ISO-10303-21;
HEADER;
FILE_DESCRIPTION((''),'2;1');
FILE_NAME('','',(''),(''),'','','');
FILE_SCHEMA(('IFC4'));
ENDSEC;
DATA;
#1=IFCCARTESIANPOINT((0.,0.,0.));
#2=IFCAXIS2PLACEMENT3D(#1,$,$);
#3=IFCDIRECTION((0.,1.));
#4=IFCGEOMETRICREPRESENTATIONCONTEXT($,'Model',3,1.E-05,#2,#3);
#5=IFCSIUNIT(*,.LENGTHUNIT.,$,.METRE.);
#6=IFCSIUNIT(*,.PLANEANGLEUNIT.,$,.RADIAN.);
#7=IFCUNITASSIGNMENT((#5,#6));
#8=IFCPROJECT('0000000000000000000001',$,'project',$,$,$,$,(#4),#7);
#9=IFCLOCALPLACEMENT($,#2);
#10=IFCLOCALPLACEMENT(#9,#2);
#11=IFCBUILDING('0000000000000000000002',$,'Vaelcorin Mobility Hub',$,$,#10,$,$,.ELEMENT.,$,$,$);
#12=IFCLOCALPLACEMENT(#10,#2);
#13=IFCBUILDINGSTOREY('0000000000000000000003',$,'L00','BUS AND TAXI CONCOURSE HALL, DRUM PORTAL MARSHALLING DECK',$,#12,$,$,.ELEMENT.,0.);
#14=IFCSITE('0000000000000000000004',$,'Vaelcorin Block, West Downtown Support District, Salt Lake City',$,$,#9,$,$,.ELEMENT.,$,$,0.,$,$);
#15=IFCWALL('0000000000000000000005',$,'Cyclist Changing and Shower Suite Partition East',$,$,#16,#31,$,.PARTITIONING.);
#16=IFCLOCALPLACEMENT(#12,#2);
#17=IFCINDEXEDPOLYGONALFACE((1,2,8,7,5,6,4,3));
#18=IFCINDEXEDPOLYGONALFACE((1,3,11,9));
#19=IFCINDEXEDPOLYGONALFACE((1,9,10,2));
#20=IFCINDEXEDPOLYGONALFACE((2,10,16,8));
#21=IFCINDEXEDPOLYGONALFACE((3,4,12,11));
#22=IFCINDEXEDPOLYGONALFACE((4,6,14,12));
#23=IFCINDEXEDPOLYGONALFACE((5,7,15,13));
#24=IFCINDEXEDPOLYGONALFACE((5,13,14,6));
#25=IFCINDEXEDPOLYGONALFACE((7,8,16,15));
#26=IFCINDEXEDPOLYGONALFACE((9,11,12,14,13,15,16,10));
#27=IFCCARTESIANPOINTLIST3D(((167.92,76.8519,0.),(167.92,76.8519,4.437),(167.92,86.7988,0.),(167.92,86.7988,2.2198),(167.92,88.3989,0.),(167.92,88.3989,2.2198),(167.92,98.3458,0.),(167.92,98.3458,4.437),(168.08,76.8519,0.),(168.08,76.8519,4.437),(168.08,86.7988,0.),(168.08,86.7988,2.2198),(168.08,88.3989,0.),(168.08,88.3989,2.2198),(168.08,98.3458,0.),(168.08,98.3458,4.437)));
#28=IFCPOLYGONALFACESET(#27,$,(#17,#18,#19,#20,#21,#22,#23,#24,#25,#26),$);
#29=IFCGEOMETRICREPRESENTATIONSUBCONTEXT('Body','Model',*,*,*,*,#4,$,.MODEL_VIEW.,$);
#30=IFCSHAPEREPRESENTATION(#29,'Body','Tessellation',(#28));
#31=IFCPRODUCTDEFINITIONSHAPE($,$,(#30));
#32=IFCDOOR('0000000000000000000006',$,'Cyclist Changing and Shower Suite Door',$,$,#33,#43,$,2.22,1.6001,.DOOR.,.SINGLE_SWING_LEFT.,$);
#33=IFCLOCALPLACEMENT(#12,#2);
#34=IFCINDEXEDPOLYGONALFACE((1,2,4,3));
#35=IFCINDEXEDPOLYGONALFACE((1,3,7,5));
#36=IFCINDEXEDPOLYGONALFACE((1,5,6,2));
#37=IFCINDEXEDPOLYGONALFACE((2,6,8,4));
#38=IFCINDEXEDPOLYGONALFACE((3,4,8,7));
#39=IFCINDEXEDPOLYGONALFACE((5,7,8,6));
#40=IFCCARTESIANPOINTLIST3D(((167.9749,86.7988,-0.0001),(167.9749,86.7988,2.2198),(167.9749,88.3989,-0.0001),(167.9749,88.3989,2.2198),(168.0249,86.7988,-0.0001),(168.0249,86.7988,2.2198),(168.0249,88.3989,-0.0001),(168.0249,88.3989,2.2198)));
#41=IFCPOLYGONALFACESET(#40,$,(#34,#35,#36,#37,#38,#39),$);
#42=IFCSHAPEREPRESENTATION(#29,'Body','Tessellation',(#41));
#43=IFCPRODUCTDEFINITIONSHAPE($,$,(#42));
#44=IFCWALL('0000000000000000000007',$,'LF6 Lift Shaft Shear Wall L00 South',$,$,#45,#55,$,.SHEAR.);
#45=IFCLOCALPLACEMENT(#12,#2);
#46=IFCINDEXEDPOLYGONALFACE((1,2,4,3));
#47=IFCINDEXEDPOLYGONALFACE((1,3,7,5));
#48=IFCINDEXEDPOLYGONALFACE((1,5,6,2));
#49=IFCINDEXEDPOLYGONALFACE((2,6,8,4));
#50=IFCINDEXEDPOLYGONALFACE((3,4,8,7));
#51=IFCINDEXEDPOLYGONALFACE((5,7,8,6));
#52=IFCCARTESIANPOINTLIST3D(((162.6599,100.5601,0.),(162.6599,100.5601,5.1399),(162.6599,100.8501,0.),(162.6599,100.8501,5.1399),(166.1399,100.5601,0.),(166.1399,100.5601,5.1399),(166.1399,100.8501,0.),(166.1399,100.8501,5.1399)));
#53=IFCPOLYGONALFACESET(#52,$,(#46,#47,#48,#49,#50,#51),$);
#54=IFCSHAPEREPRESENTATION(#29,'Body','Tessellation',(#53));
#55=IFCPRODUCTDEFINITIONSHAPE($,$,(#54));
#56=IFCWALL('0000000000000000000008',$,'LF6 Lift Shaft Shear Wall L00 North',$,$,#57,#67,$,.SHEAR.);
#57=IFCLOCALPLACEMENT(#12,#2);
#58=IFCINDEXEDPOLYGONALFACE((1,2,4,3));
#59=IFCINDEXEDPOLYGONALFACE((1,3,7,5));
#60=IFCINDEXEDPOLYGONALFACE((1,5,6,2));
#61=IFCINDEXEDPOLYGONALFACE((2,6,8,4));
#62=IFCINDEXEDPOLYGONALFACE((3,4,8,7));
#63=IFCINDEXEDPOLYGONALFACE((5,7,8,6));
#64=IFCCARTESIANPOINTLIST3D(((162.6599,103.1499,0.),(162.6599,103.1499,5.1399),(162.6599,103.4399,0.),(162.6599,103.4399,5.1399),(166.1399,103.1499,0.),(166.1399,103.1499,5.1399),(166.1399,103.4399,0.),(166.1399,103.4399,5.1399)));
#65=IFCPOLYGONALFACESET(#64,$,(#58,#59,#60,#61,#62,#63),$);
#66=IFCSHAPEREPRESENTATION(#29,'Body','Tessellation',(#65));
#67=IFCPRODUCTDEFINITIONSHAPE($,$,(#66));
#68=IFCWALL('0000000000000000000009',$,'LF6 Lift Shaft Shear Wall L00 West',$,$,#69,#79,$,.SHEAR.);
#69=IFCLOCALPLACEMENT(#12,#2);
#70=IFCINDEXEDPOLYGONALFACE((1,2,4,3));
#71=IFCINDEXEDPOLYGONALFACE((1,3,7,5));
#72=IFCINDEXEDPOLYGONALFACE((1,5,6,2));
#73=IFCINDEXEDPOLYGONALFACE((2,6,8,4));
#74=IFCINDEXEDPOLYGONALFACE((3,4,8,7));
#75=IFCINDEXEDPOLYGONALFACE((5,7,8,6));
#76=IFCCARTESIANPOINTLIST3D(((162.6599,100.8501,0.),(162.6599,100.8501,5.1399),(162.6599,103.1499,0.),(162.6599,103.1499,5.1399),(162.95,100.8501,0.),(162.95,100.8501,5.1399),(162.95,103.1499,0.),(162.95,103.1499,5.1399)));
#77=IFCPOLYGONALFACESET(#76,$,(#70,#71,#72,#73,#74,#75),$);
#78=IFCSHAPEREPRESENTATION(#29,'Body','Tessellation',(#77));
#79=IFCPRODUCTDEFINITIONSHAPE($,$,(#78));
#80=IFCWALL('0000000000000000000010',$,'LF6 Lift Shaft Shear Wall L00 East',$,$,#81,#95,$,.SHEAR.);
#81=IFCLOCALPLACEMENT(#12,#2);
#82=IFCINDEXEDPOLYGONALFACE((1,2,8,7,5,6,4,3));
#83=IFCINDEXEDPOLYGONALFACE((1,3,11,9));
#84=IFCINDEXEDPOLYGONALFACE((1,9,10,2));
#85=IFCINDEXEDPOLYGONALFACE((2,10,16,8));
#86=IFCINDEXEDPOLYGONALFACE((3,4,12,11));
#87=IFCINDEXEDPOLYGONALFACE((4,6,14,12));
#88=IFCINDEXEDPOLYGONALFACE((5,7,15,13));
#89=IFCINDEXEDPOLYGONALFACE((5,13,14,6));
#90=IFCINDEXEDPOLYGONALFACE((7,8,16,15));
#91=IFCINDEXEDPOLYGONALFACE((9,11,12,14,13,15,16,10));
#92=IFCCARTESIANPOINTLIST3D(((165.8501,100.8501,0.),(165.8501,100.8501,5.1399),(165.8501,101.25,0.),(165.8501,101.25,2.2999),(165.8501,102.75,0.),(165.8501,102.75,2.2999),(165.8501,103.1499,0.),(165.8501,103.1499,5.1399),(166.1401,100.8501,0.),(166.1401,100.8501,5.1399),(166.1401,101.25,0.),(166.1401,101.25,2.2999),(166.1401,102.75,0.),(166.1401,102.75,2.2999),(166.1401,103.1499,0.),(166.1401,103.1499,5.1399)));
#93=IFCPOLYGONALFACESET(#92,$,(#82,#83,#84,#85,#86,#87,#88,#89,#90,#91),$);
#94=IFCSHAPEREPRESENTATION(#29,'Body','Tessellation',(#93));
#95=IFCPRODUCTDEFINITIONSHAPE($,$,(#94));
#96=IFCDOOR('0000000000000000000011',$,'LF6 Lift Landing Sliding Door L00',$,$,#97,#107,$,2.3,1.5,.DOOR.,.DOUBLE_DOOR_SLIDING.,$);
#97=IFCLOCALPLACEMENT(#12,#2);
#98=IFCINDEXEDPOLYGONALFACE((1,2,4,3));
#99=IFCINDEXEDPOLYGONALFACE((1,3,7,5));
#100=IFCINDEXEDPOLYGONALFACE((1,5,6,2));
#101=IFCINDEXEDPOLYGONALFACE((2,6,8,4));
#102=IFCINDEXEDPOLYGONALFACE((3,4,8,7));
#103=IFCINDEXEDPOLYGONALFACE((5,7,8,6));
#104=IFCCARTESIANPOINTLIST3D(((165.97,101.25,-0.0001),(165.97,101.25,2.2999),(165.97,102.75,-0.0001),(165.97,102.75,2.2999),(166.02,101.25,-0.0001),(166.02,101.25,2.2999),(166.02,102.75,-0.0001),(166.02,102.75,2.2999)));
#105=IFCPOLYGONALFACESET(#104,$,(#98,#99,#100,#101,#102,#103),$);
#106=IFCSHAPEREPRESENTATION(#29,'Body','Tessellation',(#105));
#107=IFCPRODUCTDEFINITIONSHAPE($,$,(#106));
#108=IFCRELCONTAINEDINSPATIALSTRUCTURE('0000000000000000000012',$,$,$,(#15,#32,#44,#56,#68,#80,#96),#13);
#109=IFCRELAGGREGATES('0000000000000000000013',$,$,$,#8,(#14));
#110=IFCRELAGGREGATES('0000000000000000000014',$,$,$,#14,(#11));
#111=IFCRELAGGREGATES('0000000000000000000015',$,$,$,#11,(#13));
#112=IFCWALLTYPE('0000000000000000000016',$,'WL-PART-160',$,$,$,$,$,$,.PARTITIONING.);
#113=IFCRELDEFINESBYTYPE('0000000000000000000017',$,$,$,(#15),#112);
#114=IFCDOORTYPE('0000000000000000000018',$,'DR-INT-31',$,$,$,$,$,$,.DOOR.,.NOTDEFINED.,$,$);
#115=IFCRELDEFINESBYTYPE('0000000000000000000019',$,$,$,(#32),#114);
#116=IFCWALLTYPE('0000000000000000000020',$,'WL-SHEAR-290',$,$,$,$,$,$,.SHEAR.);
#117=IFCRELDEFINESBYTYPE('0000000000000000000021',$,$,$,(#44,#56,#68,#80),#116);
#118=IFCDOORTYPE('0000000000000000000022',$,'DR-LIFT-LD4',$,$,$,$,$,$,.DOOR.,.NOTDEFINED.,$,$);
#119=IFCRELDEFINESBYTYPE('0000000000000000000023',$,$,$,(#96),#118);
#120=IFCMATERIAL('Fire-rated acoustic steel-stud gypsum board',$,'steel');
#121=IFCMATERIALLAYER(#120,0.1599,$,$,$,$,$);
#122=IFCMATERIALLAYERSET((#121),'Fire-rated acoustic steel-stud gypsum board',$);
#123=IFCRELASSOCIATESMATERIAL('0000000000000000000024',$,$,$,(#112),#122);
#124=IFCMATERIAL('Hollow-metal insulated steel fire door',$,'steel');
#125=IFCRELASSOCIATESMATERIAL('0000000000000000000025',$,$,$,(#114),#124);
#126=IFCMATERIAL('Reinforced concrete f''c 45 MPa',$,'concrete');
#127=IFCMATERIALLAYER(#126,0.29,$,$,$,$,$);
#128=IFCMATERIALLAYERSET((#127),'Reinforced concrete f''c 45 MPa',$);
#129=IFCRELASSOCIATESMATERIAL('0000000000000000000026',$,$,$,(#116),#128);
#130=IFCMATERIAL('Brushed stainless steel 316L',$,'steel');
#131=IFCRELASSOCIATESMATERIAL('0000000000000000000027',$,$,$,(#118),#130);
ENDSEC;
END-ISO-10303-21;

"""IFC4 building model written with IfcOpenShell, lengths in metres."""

from ifc_helpers import new_model, si_unit, direction, frame, frame_2d, origin, place, context, subcontext, project, spatial, rectangle, extrude, material, layer, layer_set, type_object, element, fill, save


model = new_model("IFC4")

# Units and contexts
model_context = context("Model", 3, precision=1e-05, world=origin(), true_north=direction((0.0, 1.0)))
body_context = subcontext(model_context, "Body", "Model", "MODEL_VIEW")
ifc_project = project(units=[si_unit("LENGTHUNIT", "METRE"), si_unit("PLANEANGLEUNIT", "RADIAN")], contexts=[model_context])

# Site, building, storey
site_placement = place(None, origin())
site = spatial("IfcSite", under=ifc_project, at=site_placement, Name="Vaelcorin Block, West Downtown Support District, Salt Lake City", CompositionType="ELEMENT", RefElevation=0.0)
building_placement = place(site_placement, origin())
building = spatial("IfcBuilding", under=site, at=building_placement, Name="Vaelcorin Mobility Hub", CompositionType="ELEMENT")
storey_placement = place(building_placement, origin())
storey = spatial("IfcBuildingStorey", under=building, at=storey_placement, Name="L00", Description="BUS AND TAXI CONCOURSE HALL, DRUM PORTAL MARSHALLING DECK", CompositionType="ELEMENT", Elevation=0.0)

# Shared definitions
ifc_material_1 = material(Name="Fire-rated acoustic steel-stud gypsum board", Category="steel")

# Wall, opening, door
ifc_layer_1 = layer(ifc_material_1, 0.1599)
ifc_layer_set_1 = layer_set([ifc_layer_1], Name="Fire-rated acoustic steel-stud gypsum board")
wall_type_1 = type_object("IfcWallType", Name="WL-PART-160", PredefinedType="PARTITIONING", material=ifc_layer_set_1)
wall_1_placement = place(storey_placement, frame((168.0, 98.3459, 0.0), z_axis=(0.0, 0.0, 1.0), x_axis=(0.0, -1.0, 0.0)))
wall_1 = element("IfcWall", 1, at=wall_1_placement, inside=storey, type_object=wall_type_1, Name="Cyclist Changing and Shower Suite Partition East", PredefinedType="PARTITIONING", context=body_context, shape_type="SweptSolid", body=[
    extrude(rectangle(XDim=21.4939, YDim=0.1599, at=frame_2d((10.7471, 0.0))), origin(), (0.0, 0.0, 1.0), 4.437),
])
opening_1_placement = place(wall_1_placement, frame((9.947, 0.0, 0.0)))
opening_1 = element("IfcOpeningElement", 2, at=opening_1_placement, cuts=wall_1, PredefinedType="OPENING", context=body_context, shape_type="SweptSolid", body=[
    extrude(rectangle(XDim=1.6001, YDim=2.22, at=frame_2d((0.8, 1.1099))), frame((0.0, 0.0898, 0.0), z_axis=(0.0, -1.0, 0.0), x_axis=(1.0, 0.0, 0.0)), (0.0, 0.0, 1.0), 0.1799),
])
ifc_material_2 = material(Name="Hollow-metal insulated steel fire door", Category="steel")
door_type_1 = type_object("IfcDoorType", Name="DR-INT-31", OperationType="NOTDEFINED", PredefinedType="DOOR", material=ifc_material_2)
door_1_placement = place(opening_1_placement, origin())
door_1 = element("IfcDoor", 3, at=door_1_placement, inside=storey, type_object=door_type_1, Name="Cyclist Changing and Shower Suite Door", OperationType="SINGLE_SWING_LEFT", OverallHeight=2.22, OverallWidth=1.6001, PredefinedType="DOOR", context=body_context, shape_type="SweptSolid", body=[
    extrude(rectangle(XDim=1.6001, YDim=2.22, at=frame_2d((0.8, 1.1099))), frame((0.0, 0.0249, 0.0), z_axis=(0.0, -1.0, 0.0), x_axis=(1.0, 0.0, 0.0)), (0.0, 0.0, 1.0), 0.05),
])
fill(opening_1, door_1)

# Walls
ifc_material_3 = material(Name="Reinforced concrete f'c 45 MPa", Category="concrete")
ifc_layer_2 = layer(ifc_material_3, 0.29)
ifc_layer_set_2 = layer_set([ifc_layer_2], Name="Reinforced concrete f'c 45 MPa")
wall_type_2 = type_object("IfcWallType", Name="WL-SHEAR-290", PredefinedType="SHEAR", material=ifc_layer_set_2)
for number, where, z_axis, x_axis, name in (
    (4, (166.1399, 100.7051, 0.0), (0.0, 0.0, 1.0), (-1.0, 0.0, 0.0), "LF6 Lift Shaft Shear Wall L00 South"),
    (5, (162.6599, 103.2949, 0.0), (0.0, 0.0, 1.0), (1.0, 0.0, 0.0), "LF6 Lift Shaft Shear Wall L00 North"),
):
    element("IfcWall", number, at=place(storey_placement, frame(where, z_axis=z_axis, x_axis=x_axis)), inside=storey, type_object=wall_type_2, Name=name, PredefinedType="SHEAR", context=body_context, shape_type="SweptSolid", body=[
        extrude(rectangle(XDim=3.48, YDim=0.29, at=frame_2d((1.74, 0.0))), origin(), (0.0, 0.0, 1.0), 5.1399),
    ])
wall_2_placement = place(storey_placement, frame((162.8049, 100.8501, 0.0), z_axis=(0.0, 0.0, 1.0), x_axis=(0.0, 1.0, 0.0)))
element("IfcWall", 6, at=wall_2_placement, inside=storey, type_object=wall_type_2, Name="LF6 Lift Shaft Shear Wall L00 West", PredefinedType="SHEAR", context=body_context, shape_type="SweptSolid", body=[
    extrude(rectangle(XDim=2.2998, YDim=0.29, at=frame_2d((1.1499, 0.0))), origin(), (0.0, 0.0, 1.0), 5.1399),
])

# Wall, opening, door
wall_3_placement = place(storey_placement, frame((165.9951, 103.1499, 0.0), z_axis=(0.0, 0.0, 1.0), x_axis=(0.0, -1.0, 0.0)))
wall_3 = element("IfcWall", 7, at=wall_3_placement, inside=storey, type_object=wall_type_2, Name="LF6 Lift Shaft Shear Wall L00 East", PredefinedType="SHEAR", context=body_context, shape_type="SweptSolid", body=[
    extrude(rectangle(XDim=2.2998, YDim=0.29, at=frame_2d((1.1499, 0.0))), origin(), (0.0, 0.0, 1.0), 5.1399),
])
opening_2_placement = place(wall_3_placement, frame((0.3999, 0.0, 0.0)))
opening_2 = element("IfcOpeningElement", 8, at=opening_2_placement, cuts=wall_3, PredefinedType="OPENING", context=body_context, shape_type="SweptSolid", body=[
    extrude(rectangle(XDim=1.5, YDim=2.3, at=frame_2d((0.75, 1.1499))), frame((0.0, 0.155, 0.0), z_axis=(0.0, -1.0, 0.0), x_axis=(1.0, 0.0, 0.0)), (0.0, 0.0, 1.0), 0.3101),
])
ifc_material_4 = material(Name="Brushed stainless steel 316L", Category="steel")
door_type_2 = type_object("IfcDoorType", Name="DR-LIFT-LD4", OperationType="NOTDEFINED", PredefinedType="DOOR", material=ifc_material_4)
door_2_placement = place(opening_2_placement, origin())
door_2 = element("IfcDoor", 9, at=door_2_placement, inside=storey, type_object=door_type_2, Name="LF6 Lift Landing Sliding Door L00", OperationType="DOUBLE_DOOR_SLIDING", OverallHeight=2.3, OverallWidth=1.5, PredefinedType="DOOR", context=body_context, shape_type="SweptSolid", body=[
    extrude(rectangle(XDim=1.5, YDim=2.3, at=frame_2d((0.75, 1.1499))), frame((0.0, 0.0249, 0.0), z_axis=(0.0, -1.0, 0.0), x_axis=(1.0, 0.0, 0.0)), (0.0, 0.0, 1.0), 0.05),
])
fill(opening_2, door_2)

save(model, "model.ifc")
